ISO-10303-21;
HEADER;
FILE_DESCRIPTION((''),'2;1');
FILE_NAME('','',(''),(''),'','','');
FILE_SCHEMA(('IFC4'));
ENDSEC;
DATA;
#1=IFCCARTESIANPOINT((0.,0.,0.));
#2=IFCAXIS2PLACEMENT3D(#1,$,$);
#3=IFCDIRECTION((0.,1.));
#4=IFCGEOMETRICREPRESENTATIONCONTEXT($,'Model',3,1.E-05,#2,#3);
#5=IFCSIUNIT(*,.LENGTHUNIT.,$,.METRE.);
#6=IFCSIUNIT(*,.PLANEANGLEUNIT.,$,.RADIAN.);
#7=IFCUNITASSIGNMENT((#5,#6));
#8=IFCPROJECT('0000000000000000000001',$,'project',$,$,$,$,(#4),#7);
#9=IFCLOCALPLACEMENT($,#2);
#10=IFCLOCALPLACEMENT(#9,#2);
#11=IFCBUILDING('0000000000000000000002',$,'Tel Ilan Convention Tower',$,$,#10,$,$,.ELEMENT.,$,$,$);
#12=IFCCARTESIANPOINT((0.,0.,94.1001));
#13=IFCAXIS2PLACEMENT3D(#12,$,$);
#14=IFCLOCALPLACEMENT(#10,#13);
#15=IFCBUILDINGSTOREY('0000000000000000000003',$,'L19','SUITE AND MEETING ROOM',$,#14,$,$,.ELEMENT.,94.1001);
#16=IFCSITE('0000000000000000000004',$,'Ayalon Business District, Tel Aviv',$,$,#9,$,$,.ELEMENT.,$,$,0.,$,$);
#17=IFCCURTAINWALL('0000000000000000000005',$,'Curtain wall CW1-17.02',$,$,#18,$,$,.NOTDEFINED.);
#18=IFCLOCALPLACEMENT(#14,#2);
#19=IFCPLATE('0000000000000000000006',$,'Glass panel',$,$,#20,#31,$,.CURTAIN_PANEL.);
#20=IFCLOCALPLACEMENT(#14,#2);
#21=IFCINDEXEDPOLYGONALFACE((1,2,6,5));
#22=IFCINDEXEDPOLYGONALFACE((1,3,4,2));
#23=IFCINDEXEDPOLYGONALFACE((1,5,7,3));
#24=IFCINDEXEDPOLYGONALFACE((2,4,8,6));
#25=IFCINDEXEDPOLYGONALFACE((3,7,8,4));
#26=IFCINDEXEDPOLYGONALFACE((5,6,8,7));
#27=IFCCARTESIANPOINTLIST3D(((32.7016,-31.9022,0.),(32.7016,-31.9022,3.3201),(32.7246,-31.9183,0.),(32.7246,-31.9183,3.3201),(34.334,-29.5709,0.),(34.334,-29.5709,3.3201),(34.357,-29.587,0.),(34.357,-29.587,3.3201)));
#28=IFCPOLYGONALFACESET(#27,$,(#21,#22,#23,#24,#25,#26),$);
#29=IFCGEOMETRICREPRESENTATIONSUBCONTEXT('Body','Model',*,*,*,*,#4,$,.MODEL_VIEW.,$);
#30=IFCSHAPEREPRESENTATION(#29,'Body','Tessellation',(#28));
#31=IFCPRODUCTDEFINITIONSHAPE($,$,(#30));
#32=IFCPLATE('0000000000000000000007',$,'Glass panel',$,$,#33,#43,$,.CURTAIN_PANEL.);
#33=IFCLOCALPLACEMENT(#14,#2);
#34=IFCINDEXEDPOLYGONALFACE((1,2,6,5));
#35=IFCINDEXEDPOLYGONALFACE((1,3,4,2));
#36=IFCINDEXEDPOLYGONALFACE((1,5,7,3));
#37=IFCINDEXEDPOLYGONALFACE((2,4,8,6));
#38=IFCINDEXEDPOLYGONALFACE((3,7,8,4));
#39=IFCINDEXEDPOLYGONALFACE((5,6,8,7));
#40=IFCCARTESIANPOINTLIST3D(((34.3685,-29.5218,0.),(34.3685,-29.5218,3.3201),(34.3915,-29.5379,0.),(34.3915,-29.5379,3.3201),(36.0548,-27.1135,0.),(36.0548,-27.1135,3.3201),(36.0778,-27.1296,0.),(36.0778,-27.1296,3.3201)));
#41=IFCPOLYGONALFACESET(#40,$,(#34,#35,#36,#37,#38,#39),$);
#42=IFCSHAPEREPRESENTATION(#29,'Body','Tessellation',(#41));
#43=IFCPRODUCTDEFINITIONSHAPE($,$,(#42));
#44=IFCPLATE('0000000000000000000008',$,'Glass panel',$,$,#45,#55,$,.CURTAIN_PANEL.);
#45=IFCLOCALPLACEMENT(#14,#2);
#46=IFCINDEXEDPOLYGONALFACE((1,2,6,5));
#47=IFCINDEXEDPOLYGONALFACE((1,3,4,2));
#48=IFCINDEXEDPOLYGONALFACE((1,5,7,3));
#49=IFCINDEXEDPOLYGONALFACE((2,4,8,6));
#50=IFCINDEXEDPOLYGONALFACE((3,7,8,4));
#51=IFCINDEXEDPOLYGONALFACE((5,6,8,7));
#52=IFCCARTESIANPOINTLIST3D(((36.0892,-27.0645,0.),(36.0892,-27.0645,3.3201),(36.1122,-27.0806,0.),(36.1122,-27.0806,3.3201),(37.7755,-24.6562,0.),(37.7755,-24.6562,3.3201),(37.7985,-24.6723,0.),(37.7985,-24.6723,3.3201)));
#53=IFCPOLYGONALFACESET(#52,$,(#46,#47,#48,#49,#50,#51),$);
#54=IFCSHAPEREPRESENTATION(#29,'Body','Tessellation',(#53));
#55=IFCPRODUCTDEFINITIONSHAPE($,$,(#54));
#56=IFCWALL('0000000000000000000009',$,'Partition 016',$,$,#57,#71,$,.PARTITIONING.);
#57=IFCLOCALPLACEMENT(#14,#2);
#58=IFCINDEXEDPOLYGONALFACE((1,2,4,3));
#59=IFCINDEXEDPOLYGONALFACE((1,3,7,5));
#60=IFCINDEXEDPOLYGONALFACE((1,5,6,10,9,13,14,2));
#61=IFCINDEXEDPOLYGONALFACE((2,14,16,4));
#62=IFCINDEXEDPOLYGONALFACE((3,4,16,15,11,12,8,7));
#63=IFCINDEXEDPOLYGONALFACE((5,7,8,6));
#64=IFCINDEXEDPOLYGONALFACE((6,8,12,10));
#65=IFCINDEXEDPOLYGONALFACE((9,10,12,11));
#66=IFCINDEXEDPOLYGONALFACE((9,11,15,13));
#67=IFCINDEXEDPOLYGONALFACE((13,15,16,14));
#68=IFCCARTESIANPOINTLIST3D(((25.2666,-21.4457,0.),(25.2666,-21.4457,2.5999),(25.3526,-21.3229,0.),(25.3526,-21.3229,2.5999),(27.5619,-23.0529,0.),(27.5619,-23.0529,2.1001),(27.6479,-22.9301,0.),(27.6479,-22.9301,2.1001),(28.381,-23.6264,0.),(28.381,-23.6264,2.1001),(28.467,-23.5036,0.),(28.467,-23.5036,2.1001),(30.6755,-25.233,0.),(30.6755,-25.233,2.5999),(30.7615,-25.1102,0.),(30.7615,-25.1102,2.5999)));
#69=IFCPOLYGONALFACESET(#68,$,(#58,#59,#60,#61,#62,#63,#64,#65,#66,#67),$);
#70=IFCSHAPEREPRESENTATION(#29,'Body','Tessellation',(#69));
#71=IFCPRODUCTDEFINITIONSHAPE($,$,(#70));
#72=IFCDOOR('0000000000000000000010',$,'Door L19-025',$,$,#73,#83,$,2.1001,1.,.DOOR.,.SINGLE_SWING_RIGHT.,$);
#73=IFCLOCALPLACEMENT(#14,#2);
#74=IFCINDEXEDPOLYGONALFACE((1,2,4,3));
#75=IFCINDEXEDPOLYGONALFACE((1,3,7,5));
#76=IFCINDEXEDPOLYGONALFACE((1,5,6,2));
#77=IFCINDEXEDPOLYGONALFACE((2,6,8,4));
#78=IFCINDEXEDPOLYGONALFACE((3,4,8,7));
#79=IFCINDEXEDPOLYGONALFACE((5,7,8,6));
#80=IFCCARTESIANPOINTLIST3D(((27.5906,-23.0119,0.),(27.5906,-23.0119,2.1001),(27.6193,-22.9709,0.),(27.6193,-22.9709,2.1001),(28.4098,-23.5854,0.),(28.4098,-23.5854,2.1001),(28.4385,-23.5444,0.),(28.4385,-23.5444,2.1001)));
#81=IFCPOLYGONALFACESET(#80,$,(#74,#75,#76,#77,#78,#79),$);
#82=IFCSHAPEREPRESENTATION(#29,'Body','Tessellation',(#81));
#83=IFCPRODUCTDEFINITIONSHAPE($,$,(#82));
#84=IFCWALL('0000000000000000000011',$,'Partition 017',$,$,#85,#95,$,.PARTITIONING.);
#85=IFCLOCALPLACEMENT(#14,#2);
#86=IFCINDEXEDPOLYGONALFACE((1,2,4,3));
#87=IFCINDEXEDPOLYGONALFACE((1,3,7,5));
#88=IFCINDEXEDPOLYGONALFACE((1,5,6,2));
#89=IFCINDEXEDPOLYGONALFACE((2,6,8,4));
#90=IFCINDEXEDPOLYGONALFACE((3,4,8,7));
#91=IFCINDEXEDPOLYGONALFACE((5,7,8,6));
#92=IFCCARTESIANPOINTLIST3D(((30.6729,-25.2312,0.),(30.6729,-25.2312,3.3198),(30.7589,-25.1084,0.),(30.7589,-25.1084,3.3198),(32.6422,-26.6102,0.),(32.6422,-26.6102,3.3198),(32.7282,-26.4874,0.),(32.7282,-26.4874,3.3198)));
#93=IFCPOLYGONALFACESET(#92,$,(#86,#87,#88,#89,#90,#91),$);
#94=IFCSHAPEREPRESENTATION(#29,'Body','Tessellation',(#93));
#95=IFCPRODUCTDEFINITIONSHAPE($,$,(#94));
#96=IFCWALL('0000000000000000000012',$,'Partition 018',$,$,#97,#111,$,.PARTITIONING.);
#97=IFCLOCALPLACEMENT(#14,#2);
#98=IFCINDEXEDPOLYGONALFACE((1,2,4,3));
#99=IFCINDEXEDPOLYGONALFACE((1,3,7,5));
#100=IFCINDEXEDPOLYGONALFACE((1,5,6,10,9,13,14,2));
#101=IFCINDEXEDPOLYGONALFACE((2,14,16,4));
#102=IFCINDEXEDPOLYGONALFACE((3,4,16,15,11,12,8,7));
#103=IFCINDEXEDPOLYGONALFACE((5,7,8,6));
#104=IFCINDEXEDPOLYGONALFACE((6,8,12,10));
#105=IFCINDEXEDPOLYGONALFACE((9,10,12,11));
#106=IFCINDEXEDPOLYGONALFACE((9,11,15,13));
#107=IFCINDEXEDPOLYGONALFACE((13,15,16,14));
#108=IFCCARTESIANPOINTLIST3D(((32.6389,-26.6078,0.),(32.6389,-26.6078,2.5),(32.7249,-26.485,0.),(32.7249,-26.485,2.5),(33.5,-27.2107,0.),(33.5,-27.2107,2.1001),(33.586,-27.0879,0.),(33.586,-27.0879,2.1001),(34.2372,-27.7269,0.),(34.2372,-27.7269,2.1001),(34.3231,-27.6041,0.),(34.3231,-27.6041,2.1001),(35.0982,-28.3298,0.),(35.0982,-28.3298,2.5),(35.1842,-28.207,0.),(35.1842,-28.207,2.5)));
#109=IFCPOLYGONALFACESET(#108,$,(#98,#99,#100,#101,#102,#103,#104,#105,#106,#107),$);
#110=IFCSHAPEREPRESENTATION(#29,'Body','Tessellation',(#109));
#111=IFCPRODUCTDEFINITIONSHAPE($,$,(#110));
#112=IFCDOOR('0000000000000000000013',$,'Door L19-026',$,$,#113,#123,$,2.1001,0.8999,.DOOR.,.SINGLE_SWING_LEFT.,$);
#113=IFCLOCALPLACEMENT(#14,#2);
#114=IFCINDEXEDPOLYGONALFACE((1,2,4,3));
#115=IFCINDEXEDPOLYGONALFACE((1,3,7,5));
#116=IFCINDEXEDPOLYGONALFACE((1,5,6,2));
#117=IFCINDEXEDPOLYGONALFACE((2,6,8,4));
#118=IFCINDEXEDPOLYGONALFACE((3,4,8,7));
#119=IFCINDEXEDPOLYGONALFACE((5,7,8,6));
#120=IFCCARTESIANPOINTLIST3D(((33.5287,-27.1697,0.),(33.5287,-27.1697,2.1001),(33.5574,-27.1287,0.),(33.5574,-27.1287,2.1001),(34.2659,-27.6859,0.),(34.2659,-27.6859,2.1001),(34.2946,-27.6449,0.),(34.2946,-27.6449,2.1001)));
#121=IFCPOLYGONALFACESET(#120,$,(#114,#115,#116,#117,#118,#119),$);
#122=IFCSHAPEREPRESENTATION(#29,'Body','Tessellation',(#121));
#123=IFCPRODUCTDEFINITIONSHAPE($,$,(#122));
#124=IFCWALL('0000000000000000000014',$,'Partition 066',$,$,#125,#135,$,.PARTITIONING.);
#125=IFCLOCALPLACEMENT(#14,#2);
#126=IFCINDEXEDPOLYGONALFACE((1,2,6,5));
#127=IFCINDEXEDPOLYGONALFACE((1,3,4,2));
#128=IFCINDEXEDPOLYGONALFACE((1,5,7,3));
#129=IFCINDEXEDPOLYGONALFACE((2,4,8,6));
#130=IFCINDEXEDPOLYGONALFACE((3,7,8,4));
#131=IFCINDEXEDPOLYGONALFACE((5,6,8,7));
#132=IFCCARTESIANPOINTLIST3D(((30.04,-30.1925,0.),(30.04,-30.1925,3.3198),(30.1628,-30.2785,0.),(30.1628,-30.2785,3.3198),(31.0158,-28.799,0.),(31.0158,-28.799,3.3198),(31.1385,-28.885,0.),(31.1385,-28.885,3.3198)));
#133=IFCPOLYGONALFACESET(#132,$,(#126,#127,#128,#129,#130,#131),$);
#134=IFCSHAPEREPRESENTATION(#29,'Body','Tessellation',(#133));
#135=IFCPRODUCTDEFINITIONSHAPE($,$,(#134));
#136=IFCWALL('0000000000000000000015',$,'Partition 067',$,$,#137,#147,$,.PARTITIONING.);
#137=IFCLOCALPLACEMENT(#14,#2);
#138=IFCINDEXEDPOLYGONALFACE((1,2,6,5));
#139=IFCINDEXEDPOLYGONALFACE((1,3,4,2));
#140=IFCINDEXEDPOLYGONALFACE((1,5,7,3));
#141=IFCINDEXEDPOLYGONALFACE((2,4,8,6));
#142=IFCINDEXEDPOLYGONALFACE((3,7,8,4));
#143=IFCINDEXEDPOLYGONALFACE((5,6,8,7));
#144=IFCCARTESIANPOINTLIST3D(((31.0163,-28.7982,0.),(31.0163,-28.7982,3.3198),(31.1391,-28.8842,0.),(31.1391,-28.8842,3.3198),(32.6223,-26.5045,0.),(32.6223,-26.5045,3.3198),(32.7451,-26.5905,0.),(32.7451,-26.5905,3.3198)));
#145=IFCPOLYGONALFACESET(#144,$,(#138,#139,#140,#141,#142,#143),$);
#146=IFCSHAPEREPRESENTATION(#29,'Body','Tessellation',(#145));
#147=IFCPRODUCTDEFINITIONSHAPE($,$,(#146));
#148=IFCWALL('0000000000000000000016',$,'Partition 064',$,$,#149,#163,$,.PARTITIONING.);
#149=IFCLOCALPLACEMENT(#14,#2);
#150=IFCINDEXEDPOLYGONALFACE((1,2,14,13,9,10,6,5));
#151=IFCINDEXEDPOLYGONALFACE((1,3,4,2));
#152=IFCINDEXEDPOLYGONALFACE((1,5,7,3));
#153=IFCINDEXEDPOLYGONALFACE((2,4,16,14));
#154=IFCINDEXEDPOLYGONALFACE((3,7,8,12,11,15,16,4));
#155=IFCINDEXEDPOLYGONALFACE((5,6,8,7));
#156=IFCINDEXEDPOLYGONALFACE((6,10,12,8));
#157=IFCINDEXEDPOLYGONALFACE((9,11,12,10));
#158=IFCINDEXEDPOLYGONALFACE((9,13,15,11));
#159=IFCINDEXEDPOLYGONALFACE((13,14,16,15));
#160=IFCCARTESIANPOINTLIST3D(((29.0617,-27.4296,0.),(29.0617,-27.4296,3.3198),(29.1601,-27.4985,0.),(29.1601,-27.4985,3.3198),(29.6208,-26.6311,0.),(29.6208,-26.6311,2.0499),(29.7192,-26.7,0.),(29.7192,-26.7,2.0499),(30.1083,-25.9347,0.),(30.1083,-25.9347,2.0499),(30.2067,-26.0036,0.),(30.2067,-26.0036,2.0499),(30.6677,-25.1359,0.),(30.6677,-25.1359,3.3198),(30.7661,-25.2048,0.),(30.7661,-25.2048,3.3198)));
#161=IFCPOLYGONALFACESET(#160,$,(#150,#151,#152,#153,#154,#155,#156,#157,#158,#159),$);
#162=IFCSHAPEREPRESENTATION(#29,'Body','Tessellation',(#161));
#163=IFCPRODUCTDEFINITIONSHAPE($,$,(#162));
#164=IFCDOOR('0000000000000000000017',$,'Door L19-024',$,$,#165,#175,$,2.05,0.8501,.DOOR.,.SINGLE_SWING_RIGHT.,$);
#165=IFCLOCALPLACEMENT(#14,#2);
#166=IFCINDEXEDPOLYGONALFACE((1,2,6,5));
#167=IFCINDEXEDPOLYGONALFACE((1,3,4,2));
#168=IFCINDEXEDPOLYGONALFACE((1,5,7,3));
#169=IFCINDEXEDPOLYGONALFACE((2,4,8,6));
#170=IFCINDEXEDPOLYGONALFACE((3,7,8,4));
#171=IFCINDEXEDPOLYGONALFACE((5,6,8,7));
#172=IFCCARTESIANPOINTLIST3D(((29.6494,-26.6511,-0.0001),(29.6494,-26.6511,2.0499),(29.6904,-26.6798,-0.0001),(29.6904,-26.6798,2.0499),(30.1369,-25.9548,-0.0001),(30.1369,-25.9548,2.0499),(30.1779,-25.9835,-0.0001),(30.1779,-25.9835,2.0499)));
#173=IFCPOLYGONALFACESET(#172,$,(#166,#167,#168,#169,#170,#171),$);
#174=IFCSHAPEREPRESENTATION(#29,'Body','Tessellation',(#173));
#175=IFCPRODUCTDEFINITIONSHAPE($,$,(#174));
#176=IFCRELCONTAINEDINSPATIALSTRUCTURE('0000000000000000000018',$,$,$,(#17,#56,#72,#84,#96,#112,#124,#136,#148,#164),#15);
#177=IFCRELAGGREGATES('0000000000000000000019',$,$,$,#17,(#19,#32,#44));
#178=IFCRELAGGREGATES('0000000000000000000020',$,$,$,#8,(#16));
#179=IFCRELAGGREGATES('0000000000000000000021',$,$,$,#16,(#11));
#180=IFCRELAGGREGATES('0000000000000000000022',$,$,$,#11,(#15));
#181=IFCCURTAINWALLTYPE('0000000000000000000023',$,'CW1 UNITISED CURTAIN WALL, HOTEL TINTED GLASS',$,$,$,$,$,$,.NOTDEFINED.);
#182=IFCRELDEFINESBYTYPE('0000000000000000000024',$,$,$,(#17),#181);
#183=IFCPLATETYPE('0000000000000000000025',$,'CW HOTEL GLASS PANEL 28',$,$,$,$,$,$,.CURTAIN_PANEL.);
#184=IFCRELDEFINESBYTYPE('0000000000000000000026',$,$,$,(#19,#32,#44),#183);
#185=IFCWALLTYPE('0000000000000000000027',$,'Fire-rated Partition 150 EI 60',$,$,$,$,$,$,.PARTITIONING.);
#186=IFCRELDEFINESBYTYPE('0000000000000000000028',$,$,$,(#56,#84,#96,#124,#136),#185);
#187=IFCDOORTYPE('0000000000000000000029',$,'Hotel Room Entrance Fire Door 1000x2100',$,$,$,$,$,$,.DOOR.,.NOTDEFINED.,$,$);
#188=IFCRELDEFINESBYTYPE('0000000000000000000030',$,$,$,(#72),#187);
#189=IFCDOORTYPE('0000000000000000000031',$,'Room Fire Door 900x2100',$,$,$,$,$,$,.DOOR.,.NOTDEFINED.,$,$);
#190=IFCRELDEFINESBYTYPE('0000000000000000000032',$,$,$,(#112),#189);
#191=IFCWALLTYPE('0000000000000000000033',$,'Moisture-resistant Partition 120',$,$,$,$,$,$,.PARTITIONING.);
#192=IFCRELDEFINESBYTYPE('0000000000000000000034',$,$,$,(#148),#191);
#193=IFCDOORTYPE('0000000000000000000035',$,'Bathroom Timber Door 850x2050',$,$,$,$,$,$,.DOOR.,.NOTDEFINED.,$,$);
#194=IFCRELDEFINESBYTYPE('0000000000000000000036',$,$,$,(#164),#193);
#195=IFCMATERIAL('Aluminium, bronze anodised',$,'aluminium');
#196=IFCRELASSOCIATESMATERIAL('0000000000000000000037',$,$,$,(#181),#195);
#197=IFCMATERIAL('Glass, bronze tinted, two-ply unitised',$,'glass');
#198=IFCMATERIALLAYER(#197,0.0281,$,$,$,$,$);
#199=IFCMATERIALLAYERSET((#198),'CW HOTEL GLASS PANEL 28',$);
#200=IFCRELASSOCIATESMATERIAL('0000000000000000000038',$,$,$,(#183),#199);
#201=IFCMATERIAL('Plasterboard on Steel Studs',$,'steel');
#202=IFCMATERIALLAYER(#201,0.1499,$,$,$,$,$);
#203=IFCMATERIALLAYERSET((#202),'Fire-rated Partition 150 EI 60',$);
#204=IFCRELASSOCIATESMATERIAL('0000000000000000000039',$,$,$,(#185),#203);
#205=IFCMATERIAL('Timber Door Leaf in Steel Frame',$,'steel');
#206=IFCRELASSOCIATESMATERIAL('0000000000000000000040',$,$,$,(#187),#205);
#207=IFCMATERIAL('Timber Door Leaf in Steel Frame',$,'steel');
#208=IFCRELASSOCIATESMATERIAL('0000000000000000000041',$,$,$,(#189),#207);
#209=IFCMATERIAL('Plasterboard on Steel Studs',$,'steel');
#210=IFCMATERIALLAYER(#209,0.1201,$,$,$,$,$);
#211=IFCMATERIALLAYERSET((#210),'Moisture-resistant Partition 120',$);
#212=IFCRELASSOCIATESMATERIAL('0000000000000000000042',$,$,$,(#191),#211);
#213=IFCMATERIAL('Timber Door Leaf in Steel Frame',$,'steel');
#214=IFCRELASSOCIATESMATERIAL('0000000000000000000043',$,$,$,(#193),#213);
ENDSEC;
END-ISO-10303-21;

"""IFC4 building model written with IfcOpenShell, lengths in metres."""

from ifc_helpers import new_model, si_unit, direction, frame, frame_2d, origin, origin_2d, place, context, subcontext, project, spatial, rectangle, extrude, material, layer, layer_set, type_object, element, fill, aggregate, save


model = new_model("IFC4")

# Units and contexts
model_context = context("Model", 3, precision=1e-05, world=origin(), true_north=direction((0.0, 1.0)))
body_context = subcontext(model_context, "Body", "Model", "MODEL_VIEW")
ifc_project = project(units=[si_unit("LENGTHUNIT", "METRE"), si_unit("PLANEANGLEUNIT", "RADIAN")], contexts=[model_context])

# Site, building, storey
site_placement = place(None, origin())
site = spatial("IfcSite", under=ifc_project, at=site_placement, Name="Ayalon Business District, Tel Aviv", CompositionType="ELEMENT", RefElevation=0.0)
building_placement = place(site_placement, origin())
building = spatial("IfcBuilding", under=site, at=building_placement, Name="Tel Ilan Convention Tower", CompositionType="ELEMENT")
storey_placement = place(building_placement, frame((0.0, 0.0, 94.1001)))
storey = spatial("IfcBuildingStorey", under=building, at=storey_placement, Name="L19", Description="SUITE AND MEETING ROOM", CompositionType="ELEMENT", Elevation=94.1001)

# Curtain wall, plates
ifc_material_1 = material(Name="Aluminium, bronze anodised", Category="aluminium")
curtain_wall_type = type_object("IfcCurtainWallType", Name="CW1 UNITISED CURTAIN WALL, HOTEL TINTED GLASS", PredefinedType="NOTDEFINED", material=ifc_material_1)
curtain_wall_placement = place(storey_placement, origin())
curtain_wall = element("IfcCurtainWall", 1, at=curtain_wall_placement, inside=storey, type_object=curtain_wall_type, Name="Curtain wall CW1-17.02", PredefinedType="NOTDEFINED")
ifc_material_2 = material(Name="Glass, bronze tinted, two-ply unitised", Category="glass")
ifc_layer_1 = layer(ifc_material_2, 0.0281)
ifc_layer_set_1 = layer_set([ifc_layer_1], Name="CW HOTEL GLASS PANEL 28")
plate_type = type_object("IfcPlateType", Name="CW HOTEL GLASS PANEL 28", PredefinedType="CURTAIN_PANEL", material=ifc_layer_set_1)
plate_1_placement = place(storey_placement, frame((33.5293, -30.7446, 0.0), z_axis=(0.0, 0.0, 1.0), x_axis=(0.573576, 0.819152, 0.0)))
plate_1 = element("IfcPlate", 2, at=plate_1_placement, type_object=plate_type, Name="Glass panel", PredefinedType="CURTAIN_PANEL", context=body_context, shape_type="SweptSolid", body=[
    extrude(rectangle(XDim=2.8459, YDim=0.0281, at=origin_2d()), origin(), (0.0, 0.0, 1.0), 3.3201),
])
plate_2_placement = place(storey_placement, frame((35.2231, -28.3257, 0.0), z_axis=(0.0, 0.0, 1.0), x_axis=(0.573576, 0.819152, 0.0)))
plate_2 = element("IfcPlate", 3, at=plate_2_placement, type_object=plate_type, Name="Glass panel", PredefinedType="CURTAIN_PANEL", context=body_context, shape_type="SweptSolid", body=[
    extrude(rectangle(XDim=2.9399, YDim=0.0281, at=origin_2d()), origin(), (0.0, 0.0, 1.0), 3.3201),
])
plate_3_placement = place(storey_placement, frame((36.9438, -25.8684, 0.0), z_axis=(0.0, 0.0, 1.0), x_axis=(0.573576, 0.819152, 0.0)))
plate_3 = element("IfcPlate", 4, at=plate_3_placement, type_object=plate_type, Name="Glass panel", PredefinedType="CURTAIN_PANEL", context=body_context, shape_type="SweptSolid", body=[
    extrude(rectangle(XDim=2.9399, YDim=0.0281, at=origin_2d()), origin(), (0.0, 0.0, 1.0), 3.3201),
])
aggregate(curtain_wall, [plate_1, plate_2, plate_3])

# Wall, opening, door
ifc_material_3 = material(Name="Plasterboard on Steel Studs", Category="steel")
ifc_layer_2 = layer(ifc_material_3, 0.1499)
ifc_layer_set_2 = layer_set([ifc_layer_2], Name="Fire-rated Partition 150 EI 60")
wall_type_1 = type_object("IfcWallType", Name="Fire-rated Partition 150 EI 60", PredefinedType="PARTITIONING", material=ifc_layer_set_2)
wall_1_placement = place(storey_placement, frame((30.7185, -25.1716, 0.0), z_axis=(0.0, 0.0, 1.0), x_axis=(-0.819154, 0.573574, 0.0)))
wall_1 = element("IfcWall", 5, at=wall_1_placement, inside=storey, type_object=wall_type_1, Name="Partition 016", PredefinedType="PARTITIONING", context=body_context, shape_type="SweptSolid", body=[
    extrude(rectangle(XDim=6.603, YDim=0.1499, at=frame_2d((3.3015, 0.0))), origin(), (0.0, 0.0, 1.0), 2.5999),
])
opening_1_placement = place(wall_1_placement, frame((2.801, 0.0, 0.0)))
opening_1 = element("IfcOpeningElement", 6, at=opening_1_placement, cuts=wall_1, PredefinedType="OPENING", context=body_context, shape_type="SweptSolid", body=[
    extrude(rectangle(XDim=1.0, YDim=2.1001, at=frame_2d((0.5, 1.05))), frame((0.0, 0.085, 0.0), z_axis=(0.0, -1.0, 0.0), x_axis=(1.0, 0.0, 0.0)), (0.0, 0.0, 1.0), 0.1699),
])
ifc_material_4 = material(Name="Timber Door Leaf in Steel Frame", Category="steel")
door_type_1 = type_object("IfcDoorType", Name="Hotel Room Entrance Fire Door 1000x2100", OperationType="NOTDEFINED", PredefinedType="DOOR", material=ifc_material_4)
door_1_placement = place(opening_1_placement, origin())
door_1 = element("IfcDoor", 7, at=door_1_placement, inside=storey, type_object=door_type_1, Name="Door L19-025", OperationType="SINGLE_SWING_RIGHT", OverallHeight=2.1001, OverallWidth=1.0, PredefinedType="DOOR", context=body_context, shape_type="SweptSolid", body=[
    extrude(rectangle(XDim=1.0, YDim=2.1001, at=frame_2d((0.5, 1.05))), frame((0.0, 0.0249, 0.0), z_axis=(0.0, -1.0, 0.0), x_axis=(1.0, 0.0, 0.0)), (0.0, 0.0, 1.0), 0.05),
])
fill(opening_1, door_1)

# Wall
wall_2_placement = place(storey_placement, frame((32.6853, -26.5488, 0.0), z_axis=(0.0, 0.0, 1.0), x_axis=(-0.819146, 0.573585, 0.0)))
element("IfcWall", 8, at=wall_2_placement, inside=storey, type_object=wall_type_1, Name="Partition 017", PredefinedType="PARTITIONING", context=body_context, shape_type="SweptSolid", body=[
    extrude(rectangle(XDim=2.4041, YDim=0.1499, at=frame_2d((1.2021, 0.0))), origin(), (0.0, 0.0, 1.0), 3.3198),
])

# Wall, opening, door
wall_3_placement = place(storey_placement, frame((35.1411, -28.2683, 0.0), z_axis=(0.0, 0.0, 1.0), x_axis=(-0.819159, 0.573566, 0.0)))
wall_3 = element("IfcWall", 9, at=wall_3_placement, inside=storey, type_object=wall_type_1, Name="Partition 018", PredefinedType="PARTITIONING", context=body_context, shape_type="SweptSolid", body=[
    extrude(rectangle(XDim=3.0022, YDim=0.1499, at=frame_2d((1.501, 0.0))), origin(), (0.0, 0.0, 1.0), 2.5),
])
opening_2_placement = place(wall_3_placement, frame((1.051, 0.0, 0.0)))
opening_2 = element("IfcOpeningElement", 10, at=opening_2_placement, cuts=wall_3, PredefinedType="OPENING", context=body_context, shape_type="SweptSolid", body=[
    extrude(rectangle(XDim=0.8999, YDim=2.1001, at=frame_2d((0.45, 1.05))), frame((0.0, 0.085, 0.0), z_axis=(0.0, -1.0, 0.0), x_axis=(1.0, 0.0, 0.0)), (0.0, 0.0, 1.0), 0.1699),
])
ifc_material_5 = material(Name="Timber Door Leaf in Steel Frame", Category="steel")
door_type_2 = type_object("IfcDoorType", Name="Room Fire Door 900x2100", OperationType="NOTDEFINED", PredefinedType="DOOR", material=ifc_material_5)
door_2_placement = place(opening_2_placement, origin())
door_2 = element("IfcDoor", 11, at=door_2_placement, inside=storey, type_object=door_type_2, Name="Door L19-026", OperationType="SINGLE_SWING_LEFT", OverallHeight=2.1001, OverallWidth=0.8999, PredefinedType="DOOR", context=body_context, shape_type="SweptSolid", body=[
    extrude(rectangle(XDim=0.8999, YDim=2.1001, at=frame_2d((0.45, 1.05))), frame((0.0, 0.0249, 0.0), z_axis=(0.0, -1.0, 0.0), x_axis=(1.0, 0.0, 0.0)), (0.0, 0.0, 1.0), 0.05),
])
fill(opening_2, door_2)

# Walls
wall_4_placement = place(storey_placement, frame((31.0771, -28.842, 0.0), z_axis=(0.0, 0.0, 1.0), x_axis=(-0.573597, -0.819138, 0.0)))
element("IfcWall", 12, at=wall_4_placement, inside=storey, type_object=wall_type_1, Name="Partition 066", PredefinedType="PARTITIONING", context=body_context, shape_type="SweptSolid", body=[
    extrude(rectangle(XDim=1.7012, YDim=0.1499, at=frame_2d((0.8506, 0.0))), origin(), (0.0, 0.0, 1.0), 3.3198),
])
wall_5_placement = place(storey_placement, frame((32.6836, -26.5476, 0.0), z_axis=(0.0, 0.0, 1.0), x_axis=(-0.57355, -0.81917, 0.0)))
element("IfcWall", 13, at=wall_5_placement, inside=storey, type_object=wall_type_1, Name="Partition 067", PredefinedType="PARTITIONING", context=body_context, shape_type="SweptSolid", body=[
    extrude(rectangle(XDim=2.8, YDim=0.1499, at=frame_2d((1.3999, 0.0))), origin(), (0.0, 0.0, 1.0), 3.3198),
])

# Wall, opening, door
ifc_material_6 = material(Name="Plasterboard on Steel Studs", Category="steel")
ifc_layer_3 = layer(ifc_material_6, 0.1201)
ifc_layer_set_3 = layer_set([ifc_layer_3], Name="Moisture-resistant Partition 120")
wall_type_2 = type_object("IfcWallType", Name="Moisture-resistant Partition 120", PredefinedType="PARTITIONING", material=ifc_layer_set_3)
wall_6_placement = place(storey_placement, frame((30.7168, -25.1704, 0.0), z_axis=(0.0, 0.0, 1.0), x_axis=(-0.57355, -0.81917, 0.0)))
wall_6 = element("IfcWall", 14, at=wall_6_placement, inside=storey, type_object=wall_type_2, Name="Partition 064", PredefinedType="PARTITIONING", context=body_context, shape_type="SweptSolid", body=[
    extrude(rectangle(XDim=2.8, YDim=0.1201, at=frame_2d((1.3999, 0.0))), origin(), (0.0, 0.0, 1.0), 3.3198),
])
opening_3_placement = place(wall_6_placement, frame((0.9751, 0.0, 0.0)))
opening_3 = element("IfcOpeningElement", 15, at=opening_3_placement, cuts=wall_6, PredefinedType="OPENING", context=body_context, shape_type="SweptSolid", body=[
    extrude(rectangle(XDim=0.8501, YDim=2.05, at=frame_2d((0.425, 1.0249))), frame((0.0, 0.0701, 0.0), z_axis=(0.0, -1.0, 0.0), x_axis=(1.0, 0.0, 0.0)), (0.0, 0.0, 1.0), 0.1401),
])
ifc_material_7 = material(Name="Timber Door Leaf in Steel Frame", Category="steel")
door_type_3 = type_object("IfcDoorType", Name="Bathroom Timber Door 850x2050", OperationType="NOTDEFINED", PredefinedType="DOOR", material=ifc_material_7)
door_3_placement = place(opening_3_placement, origin())
door_3 = element("IfcDoor", 16, at=door_3_placement, inside=storey, type_object=door_type_3, Name="Door L19-024", OperationType="SINGLE_SWING_RIGHT", OverallHeight=2.05, OverallWidth=0.8501, PredefinedType="DOOR", context=body_context, shape_type="SweptSolid", body=[
    extrude(rectangle(XDim=0.8501, YDim=2.05, at=frame_2d((0.425, 1.0249))), frame((0.0, 0.0249, 0.0), z_axis=(0.0, -1.0, 0.0), x_axis=(1.0, 0.0, 0.0)), (0.0, 0.0, 1.0), 0.05),
])
fill(opening_3, door_3)

save(model, "model.ifc")
